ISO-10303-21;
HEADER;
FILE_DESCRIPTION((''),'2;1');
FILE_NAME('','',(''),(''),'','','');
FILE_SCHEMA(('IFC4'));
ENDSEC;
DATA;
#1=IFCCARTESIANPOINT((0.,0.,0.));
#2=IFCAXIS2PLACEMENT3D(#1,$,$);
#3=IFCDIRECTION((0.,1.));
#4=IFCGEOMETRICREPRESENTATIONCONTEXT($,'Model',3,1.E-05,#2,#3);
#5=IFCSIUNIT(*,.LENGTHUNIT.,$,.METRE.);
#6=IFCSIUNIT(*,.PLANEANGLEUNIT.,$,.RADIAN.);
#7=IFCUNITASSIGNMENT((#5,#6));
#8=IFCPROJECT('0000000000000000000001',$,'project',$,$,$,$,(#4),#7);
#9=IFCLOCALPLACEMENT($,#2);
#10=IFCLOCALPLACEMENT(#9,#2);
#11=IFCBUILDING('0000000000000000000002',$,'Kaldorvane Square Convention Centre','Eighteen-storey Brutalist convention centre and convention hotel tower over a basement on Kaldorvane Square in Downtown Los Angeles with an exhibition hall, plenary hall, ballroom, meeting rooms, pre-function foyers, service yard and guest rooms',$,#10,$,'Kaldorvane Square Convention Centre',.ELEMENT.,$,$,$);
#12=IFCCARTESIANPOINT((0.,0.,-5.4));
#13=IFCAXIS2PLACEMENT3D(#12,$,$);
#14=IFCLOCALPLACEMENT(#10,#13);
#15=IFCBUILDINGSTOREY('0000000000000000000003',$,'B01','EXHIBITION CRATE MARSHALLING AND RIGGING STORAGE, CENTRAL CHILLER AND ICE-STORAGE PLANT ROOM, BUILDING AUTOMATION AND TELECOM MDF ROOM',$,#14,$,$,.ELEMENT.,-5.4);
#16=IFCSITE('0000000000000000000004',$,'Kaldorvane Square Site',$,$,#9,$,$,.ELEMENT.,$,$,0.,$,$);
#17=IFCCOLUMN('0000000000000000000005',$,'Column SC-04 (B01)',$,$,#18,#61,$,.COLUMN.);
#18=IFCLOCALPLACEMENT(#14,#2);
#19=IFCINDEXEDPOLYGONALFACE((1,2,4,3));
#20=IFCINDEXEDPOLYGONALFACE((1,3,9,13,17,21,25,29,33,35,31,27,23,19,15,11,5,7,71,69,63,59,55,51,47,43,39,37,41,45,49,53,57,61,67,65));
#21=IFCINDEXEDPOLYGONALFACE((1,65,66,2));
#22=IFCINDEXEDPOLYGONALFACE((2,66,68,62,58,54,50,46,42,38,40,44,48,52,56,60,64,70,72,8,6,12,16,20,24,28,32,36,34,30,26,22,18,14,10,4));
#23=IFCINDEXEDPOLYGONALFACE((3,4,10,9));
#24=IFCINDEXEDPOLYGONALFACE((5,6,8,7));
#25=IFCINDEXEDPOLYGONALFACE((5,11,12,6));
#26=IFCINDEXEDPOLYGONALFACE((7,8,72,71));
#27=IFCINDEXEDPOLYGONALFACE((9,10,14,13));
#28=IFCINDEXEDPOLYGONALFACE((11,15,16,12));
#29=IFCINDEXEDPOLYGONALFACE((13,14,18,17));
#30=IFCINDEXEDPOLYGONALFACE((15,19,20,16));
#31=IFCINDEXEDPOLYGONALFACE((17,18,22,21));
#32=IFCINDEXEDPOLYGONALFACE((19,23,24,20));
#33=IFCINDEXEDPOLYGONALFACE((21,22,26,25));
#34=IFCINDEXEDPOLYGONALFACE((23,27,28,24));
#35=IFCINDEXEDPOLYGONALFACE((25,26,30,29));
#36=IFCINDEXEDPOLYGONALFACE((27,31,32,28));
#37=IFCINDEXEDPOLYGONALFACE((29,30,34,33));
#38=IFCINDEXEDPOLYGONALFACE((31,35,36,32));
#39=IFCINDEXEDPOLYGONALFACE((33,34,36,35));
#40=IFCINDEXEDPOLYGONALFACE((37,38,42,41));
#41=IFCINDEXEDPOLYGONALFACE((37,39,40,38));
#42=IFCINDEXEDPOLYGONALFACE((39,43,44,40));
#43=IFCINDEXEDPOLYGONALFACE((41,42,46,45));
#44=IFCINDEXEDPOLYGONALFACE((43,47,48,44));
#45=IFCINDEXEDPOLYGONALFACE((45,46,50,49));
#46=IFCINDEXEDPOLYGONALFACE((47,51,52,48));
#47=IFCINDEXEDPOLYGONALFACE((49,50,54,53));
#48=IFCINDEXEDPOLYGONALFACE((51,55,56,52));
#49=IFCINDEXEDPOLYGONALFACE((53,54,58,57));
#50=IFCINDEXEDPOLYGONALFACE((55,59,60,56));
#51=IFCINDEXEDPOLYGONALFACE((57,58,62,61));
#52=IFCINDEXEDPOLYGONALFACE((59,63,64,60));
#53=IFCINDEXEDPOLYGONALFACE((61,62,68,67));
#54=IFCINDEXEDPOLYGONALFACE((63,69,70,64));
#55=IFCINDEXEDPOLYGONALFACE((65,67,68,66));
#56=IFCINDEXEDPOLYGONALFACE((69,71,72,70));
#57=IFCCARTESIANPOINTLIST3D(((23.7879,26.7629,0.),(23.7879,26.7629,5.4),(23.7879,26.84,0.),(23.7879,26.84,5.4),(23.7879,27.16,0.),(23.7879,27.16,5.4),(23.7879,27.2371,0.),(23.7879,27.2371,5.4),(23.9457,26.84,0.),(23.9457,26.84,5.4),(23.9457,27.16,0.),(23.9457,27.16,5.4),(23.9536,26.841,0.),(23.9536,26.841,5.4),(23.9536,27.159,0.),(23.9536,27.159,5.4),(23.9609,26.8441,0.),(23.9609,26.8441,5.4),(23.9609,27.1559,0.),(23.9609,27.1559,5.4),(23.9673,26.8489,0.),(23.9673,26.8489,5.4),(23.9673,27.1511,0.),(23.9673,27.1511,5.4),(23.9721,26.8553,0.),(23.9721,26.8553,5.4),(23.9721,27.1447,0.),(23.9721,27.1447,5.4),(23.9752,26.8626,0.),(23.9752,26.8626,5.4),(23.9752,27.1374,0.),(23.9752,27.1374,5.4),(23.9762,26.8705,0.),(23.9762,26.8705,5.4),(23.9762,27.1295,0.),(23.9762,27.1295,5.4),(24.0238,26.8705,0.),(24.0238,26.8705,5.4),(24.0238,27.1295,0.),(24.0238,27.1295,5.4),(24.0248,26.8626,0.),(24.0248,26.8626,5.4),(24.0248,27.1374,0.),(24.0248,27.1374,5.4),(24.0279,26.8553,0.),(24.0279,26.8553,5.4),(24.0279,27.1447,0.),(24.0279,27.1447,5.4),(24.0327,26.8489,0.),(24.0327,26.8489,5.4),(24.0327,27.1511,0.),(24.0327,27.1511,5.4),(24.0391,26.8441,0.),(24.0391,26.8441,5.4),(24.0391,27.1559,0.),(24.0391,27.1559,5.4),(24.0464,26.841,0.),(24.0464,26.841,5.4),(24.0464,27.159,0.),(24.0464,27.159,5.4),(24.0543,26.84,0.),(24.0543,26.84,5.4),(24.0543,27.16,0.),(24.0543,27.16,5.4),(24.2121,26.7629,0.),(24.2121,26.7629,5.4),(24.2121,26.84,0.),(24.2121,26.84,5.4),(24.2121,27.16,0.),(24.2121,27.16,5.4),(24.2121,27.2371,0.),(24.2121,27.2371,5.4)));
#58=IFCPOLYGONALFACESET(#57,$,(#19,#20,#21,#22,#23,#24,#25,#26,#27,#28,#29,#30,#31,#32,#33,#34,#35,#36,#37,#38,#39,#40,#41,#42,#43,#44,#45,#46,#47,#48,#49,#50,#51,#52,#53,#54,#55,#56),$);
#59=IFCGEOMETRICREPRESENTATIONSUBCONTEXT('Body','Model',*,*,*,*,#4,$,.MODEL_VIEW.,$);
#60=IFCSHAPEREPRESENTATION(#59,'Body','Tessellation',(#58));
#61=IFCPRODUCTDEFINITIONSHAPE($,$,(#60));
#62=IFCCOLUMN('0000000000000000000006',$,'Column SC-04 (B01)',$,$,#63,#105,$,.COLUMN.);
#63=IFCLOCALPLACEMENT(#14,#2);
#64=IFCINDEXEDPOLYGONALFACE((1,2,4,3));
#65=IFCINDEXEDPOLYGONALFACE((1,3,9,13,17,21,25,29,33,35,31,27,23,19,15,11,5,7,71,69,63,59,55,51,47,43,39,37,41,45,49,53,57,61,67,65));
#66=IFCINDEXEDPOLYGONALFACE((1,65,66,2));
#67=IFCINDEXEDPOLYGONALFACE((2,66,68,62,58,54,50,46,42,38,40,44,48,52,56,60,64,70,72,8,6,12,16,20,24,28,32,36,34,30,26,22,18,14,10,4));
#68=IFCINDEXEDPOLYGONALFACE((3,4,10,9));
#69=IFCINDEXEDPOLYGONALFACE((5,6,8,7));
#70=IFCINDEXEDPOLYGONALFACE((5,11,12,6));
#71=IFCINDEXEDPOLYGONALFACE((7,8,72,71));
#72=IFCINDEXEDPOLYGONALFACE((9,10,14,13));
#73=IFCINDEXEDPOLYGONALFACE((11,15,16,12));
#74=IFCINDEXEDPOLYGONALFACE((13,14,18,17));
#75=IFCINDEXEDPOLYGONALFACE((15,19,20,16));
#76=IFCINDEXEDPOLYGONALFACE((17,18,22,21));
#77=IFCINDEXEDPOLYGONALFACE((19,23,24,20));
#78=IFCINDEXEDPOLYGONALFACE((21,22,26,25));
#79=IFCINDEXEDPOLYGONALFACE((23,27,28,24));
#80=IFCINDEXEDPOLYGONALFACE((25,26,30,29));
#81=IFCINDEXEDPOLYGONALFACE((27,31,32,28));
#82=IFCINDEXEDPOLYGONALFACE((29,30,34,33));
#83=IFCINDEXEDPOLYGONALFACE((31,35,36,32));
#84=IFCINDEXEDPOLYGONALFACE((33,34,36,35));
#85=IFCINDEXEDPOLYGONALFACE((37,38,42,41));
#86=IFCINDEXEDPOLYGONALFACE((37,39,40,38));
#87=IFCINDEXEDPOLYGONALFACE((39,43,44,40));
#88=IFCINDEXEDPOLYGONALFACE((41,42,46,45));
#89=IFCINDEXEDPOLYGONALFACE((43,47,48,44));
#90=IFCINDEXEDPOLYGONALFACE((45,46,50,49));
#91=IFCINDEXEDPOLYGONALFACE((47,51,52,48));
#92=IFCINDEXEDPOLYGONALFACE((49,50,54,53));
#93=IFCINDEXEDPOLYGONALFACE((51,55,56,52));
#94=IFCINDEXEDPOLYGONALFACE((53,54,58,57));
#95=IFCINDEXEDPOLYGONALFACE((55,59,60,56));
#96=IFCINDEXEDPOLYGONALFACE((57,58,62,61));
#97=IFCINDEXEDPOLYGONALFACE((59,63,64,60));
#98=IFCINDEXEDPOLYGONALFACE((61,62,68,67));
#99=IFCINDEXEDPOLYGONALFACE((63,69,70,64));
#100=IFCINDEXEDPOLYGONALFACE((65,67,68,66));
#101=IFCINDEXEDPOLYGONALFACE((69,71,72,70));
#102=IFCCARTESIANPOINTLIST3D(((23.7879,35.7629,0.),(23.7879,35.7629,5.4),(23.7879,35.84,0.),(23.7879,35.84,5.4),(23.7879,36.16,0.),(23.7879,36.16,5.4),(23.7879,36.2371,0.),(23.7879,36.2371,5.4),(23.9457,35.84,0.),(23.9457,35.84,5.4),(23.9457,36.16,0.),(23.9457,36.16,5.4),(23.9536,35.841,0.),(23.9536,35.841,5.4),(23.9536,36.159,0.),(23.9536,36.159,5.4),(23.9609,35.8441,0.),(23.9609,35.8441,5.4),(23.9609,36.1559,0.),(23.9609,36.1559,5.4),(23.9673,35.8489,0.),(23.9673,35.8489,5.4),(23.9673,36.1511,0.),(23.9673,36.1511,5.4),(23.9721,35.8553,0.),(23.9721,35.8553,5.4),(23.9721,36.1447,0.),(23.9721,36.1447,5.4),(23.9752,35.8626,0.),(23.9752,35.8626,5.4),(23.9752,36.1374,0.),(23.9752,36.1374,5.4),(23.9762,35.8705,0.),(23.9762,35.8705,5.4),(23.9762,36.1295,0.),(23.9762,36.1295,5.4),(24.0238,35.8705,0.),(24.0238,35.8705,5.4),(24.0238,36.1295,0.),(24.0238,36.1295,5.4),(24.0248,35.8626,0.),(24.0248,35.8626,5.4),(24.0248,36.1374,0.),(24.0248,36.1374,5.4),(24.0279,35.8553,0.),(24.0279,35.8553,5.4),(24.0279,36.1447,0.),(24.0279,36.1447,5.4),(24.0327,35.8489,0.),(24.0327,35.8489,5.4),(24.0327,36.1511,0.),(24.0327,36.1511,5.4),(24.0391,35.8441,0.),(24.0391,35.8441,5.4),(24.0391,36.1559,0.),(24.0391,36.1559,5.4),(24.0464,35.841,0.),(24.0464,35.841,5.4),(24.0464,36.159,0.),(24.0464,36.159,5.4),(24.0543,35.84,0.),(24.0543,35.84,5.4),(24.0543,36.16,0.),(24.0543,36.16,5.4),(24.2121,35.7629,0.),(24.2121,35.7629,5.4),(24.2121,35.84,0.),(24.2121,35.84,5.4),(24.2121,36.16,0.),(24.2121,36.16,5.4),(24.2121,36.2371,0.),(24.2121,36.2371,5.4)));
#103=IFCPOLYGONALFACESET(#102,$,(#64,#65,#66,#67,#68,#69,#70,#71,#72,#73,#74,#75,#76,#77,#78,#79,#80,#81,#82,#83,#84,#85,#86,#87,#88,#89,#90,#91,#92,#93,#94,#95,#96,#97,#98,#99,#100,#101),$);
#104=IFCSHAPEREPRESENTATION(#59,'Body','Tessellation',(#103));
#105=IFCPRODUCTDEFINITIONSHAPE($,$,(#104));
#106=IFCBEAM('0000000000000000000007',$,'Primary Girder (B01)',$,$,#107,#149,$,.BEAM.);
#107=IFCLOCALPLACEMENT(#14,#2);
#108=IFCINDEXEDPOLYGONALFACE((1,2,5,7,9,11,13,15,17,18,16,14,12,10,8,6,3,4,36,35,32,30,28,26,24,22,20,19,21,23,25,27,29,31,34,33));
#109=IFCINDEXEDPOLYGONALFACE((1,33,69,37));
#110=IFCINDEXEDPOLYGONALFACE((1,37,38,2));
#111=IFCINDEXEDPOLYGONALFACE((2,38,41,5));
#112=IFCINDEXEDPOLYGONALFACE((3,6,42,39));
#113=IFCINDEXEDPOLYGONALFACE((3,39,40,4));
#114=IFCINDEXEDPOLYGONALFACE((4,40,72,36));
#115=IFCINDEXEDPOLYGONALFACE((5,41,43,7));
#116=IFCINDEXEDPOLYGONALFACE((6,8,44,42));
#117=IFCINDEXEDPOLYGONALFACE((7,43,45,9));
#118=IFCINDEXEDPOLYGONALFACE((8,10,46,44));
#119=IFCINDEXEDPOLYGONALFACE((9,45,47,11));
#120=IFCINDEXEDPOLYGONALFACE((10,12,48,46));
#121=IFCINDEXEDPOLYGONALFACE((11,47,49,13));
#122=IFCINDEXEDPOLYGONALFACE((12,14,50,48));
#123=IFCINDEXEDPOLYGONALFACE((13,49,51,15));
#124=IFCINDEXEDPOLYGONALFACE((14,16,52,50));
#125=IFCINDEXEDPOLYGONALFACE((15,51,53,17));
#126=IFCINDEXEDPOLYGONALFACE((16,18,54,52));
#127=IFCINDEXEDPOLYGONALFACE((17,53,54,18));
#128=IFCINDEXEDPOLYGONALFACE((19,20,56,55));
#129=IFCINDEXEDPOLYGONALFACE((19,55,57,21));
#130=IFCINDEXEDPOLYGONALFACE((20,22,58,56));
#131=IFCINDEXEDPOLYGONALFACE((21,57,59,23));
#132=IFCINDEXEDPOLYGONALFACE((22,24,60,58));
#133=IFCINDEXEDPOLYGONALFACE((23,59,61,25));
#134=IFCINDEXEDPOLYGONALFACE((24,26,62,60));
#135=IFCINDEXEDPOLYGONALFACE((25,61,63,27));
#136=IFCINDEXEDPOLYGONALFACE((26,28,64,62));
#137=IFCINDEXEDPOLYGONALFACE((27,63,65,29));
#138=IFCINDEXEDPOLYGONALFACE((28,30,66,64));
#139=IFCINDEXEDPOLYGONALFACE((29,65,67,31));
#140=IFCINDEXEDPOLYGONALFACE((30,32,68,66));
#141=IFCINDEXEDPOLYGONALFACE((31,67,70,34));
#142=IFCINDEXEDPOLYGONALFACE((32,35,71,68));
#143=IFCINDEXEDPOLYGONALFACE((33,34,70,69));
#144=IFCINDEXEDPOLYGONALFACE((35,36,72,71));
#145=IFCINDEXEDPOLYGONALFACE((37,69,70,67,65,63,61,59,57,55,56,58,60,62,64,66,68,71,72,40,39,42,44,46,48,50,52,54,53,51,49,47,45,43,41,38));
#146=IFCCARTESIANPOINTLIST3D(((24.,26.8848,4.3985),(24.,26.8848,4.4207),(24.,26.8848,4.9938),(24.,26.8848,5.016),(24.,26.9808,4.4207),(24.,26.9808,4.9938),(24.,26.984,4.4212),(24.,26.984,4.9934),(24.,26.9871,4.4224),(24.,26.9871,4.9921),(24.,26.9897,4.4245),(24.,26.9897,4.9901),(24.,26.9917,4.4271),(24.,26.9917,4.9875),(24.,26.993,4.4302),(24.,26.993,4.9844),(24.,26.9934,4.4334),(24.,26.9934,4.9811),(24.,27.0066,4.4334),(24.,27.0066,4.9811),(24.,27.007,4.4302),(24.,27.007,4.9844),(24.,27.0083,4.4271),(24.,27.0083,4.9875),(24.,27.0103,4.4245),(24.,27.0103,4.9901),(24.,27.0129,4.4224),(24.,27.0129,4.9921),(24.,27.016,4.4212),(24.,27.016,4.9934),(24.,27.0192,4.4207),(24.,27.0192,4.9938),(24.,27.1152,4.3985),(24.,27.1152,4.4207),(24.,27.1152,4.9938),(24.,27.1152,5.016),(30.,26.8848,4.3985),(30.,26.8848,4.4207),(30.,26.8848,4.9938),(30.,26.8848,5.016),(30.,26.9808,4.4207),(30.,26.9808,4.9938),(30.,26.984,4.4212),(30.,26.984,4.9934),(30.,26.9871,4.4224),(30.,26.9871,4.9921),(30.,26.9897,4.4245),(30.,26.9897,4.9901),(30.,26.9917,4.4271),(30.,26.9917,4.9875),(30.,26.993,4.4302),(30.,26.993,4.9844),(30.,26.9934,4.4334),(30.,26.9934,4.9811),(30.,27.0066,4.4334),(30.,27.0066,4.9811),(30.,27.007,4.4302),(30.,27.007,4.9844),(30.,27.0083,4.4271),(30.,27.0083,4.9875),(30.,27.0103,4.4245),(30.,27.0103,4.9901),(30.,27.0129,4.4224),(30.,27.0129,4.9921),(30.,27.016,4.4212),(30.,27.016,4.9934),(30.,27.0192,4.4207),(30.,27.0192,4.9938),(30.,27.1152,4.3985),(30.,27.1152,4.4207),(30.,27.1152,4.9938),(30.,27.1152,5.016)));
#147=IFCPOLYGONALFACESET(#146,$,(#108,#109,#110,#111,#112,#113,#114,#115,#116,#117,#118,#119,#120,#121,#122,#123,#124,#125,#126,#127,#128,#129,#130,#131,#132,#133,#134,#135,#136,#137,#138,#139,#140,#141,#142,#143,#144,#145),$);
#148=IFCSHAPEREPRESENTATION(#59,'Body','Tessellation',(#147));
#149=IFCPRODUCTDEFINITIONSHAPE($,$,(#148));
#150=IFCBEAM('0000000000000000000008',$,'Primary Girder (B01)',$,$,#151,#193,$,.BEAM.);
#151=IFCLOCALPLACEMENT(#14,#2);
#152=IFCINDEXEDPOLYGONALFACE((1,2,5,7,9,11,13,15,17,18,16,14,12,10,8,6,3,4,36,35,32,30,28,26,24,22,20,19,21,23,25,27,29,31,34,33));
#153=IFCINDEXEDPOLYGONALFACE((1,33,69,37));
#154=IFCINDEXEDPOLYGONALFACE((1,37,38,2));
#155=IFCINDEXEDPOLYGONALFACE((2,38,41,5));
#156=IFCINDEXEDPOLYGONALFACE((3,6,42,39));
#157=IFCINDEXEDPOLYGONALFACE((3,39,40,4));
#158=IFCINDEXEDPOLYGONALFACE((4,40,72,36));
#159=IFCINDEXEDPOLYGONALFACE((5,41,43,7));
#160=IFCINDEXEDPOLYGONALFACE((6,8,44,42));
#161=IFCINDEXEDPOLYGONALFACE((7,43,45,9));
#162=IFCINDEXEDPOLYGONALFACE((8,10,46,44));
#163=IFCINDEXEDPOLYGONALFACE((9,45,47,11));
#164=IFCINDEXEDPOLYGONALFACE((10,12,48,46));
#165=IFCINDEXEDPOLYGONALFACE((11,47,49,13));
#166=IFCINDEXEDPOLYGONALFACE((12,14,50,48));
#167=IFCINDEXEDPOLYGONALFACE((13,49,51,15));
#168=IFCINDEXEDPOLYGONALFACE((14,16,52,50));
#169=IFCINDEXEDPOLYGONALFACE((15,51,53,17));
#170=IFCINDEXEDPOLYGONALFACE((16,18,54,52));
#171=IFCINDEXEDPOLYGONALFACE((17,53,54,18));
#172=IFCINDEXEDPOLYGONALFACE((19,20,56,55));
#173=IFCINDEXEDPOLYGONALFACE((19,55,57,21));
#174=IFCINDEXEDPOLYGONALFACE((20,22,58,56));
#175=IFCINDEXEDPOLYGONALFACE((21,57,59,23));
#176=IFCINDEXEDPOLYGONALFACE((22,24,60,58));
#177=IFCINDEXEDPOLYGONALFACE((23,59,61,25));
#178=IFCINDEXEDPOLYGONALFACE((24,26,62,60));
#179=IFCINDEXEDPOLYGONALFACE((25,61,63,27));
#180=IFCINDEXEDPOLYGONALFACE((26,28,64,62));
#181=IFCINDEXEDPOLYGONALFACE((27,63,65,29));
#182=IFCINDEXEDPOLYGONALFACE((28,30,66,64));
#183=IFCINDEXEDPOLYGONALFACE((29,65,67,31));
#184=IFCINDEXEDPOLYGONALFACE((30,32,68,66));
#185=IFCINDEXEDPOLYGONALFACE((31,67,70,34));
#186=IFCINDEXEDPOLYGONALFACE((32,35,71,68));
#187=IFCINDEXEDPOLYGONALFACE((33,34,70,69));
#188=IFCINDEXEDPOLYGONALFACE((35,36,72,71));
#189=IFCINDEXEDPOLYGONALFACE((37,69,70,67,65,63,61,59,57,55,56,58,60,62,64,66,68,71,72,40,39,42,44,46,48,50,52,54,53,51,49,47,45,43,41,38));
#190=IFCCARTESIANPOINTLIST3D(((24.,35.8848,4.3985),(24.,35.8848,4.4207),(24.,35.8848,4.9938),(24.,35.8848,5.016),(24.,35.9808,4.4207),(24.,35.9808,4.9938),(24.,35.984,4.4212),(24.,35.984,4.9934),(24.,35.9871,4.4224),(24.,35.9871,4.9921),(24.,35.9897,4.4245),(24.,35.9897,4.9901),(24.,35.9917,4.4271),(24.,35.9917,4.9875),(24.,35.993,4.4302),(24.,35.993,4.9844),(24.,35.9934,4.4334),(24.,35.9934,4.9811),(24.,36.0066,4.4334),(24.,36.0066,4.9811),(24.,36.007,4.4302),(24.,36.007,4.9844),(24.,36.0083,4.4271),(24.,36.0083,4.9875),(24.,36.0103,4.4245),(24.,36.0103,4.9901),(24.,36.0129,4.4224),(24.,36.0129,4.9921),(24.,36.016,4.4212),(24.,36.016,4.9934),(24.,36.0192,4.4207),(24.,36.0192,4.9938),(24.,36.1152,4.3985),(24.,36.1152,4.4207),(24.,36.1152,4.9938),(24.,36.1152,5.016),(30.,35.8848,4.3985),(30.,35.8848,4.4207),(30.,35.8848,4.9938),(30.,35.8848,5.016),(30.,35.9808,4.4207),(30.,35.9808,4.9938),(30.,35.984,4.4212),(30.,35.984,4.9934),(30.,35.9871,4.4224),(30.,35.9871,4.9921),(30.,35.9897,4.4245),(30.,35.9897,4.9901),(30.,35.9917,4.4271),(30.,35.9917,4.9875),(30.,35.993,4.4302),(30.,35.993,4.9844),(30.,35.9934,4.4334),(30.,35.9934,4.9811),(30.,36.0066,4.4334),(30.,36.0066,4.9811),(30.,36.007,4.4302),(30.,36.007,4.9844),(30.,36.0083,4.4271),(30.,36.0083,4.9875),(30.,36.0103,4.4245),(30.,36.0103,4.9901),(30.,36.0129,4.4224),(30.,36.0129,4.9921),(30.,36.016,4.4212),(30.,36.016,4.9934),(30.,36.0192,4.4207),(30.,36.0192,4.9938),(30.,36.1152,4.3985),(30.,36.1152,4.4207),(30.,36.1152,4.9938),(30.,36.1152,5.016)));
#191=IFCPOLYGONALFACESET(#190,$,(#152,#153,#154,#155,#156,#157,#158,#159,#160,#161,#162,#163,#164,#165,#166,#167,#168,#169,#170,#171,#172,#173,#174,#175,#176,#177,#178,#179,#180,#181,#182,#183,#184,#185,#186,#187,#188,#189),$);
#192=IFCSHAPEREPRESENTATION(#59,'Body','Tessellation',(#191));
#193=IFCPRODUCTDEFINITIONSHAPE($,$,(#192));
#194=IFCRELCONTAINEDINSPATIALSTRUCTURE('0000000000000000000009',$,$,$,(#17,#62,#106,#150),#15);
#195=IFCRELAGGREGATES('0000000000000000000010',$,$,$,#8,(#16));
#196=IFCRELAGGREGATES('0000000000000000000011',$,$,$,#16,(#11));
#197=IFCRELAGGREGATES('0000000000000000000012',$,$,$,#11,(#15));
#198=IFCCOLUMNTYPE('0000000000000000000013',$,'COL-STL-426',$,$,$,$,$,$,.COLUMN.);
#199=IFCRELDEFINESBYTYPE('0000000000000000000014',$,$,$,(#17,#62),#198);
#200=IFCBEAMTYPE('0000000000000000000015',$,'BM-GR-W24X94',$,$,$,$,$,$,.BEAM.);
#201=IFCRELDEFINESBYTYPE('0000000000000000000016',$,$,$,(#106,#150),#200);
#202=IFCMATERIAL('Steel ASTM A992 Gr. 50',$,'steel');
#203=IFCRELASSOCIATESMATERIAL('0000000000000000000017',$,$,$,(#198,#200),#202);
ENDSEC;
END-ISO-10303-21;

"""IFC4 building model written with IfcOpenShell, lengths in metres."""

from ifc_helpers import new_model, si_unit, direction, frame, origin, origin_2d, place, context, subcontext, project, spatial, i_section, extrude, material, material_profile, profile_set, type_object, element, save


model = new_model("IFC4")

# Units and contexts
model_context = context("Model", 3, precision=1e-05, world=origin(), true_north=direction((0.0, 1.0)))
body_context = subcontext(model_context, "Body", "Model", "MODEL_VIEW")
ifc_project = project(units=[si_unit("LENGTHUNIT", "METRE"), si_unit("PLANEANGLEUNIT", "RADIAN")], contexts=[model_context])

# Site, building, storey
site_placement = place(None, origin())
site = spatial("IfcSite", under=ifc_project, at=site_placement, Name="Kaldorvane Square Site", CompositionType="ELEMENT", RefElevation=0.0)
building_placement = place(site_placement, origin())
building = spatial("IfcBuilding", under=site, at=building_placement, Name="Kaldorvane Square Convention Centre", Description="Eighteen-storey Brutalist convention centre and convention hotel tower over a basement on Kaldorvane Square in Downtown Los Angeles with an exhibition hall, plenary hall, ballroom, meeting rooms, pre-function foyers, service yard and guest rooms", LongName="Kaldorvane Square Convention Centre", CompositionType="ELEMENT")
storey_placement = place(building_placement, frame((0.0, 0.0, -5.4)))
storey = spatial("IfcBuildingStorey", under=building, at=storey_placement, Name="B01", Description="EXHIBITION CRATE MARSHALLING AND RIGGING STORAGE, CENTRAL CHILLER AND ICE-STORAGE PLANT ROOM, BUILDING AUTOMATION AND TELECOM MDF ROOM", CompositionType="ELEMENT", Elevation=-5.4)

# Columns
ifc_material_1 = material(Name="Steel ASTM A992 Gr. 50", Category="steel")
ifc_material_profile_1 = material_profile(ifc_material_1, i_section(OverallWidth=0.4241, OverallDepth=0.4742, WebThickness=0.0476, FlangeThickness=0.0771, FilletRadius=0.0305, at=origin_2d()), Name="W14X426")
ifc_profile_set_1 = profile_set([ifc_material_profile_1], Name="Steel ASTM A992 Gr. 50")
column_type = type_object("IfcColumnType", Name="COL-STL-426", PredefinedType="COLUMN", material=ifc_profile_set_1)
for number, where, z_axis, x_axis, name in (
    (1, (24.0, 27.0, 0.0), (0.0, 0.0, 1.0), (1.0, 0.0, 0.0), "Column SC-04 (B01)"),
    (2, (24.0, 36.0, 0.0), (0.0, 0.0, 1.0), (1.0, 0.0, 0.0), "Column SC-04 (B01)"),
):
    element("IfcColumn", number, at=place(storey_placement, frame(where, z_axis=z_axis, x_axis=x_axis)), inside=storey, type_object=column_type, Name=name, PredefinedType="COLUMN", context=body_context, shape_type="SweptSolid", body=[
        extrude(i_section(OverallWidth=0.4241, OverallDepth=0.4742, WebThickness=0.0476, FlangeThickness=0.0771, FilletRadius=0.0305, at=origin_2d()), origin(), (0.0, 0.0, 1.0), 5.4),
    ])

# Beams
ifc_material_profile_2 = material_profile(ifc_material_1, i_section(OverallWidth=0.2303, OverallDepth=0.6175, WebThickness=0.0131, FlangeThickness=0.0222, FilletRadius=0.0127, at=origin_2d()), Name="W24X94")
ifc_profile_set_2 = profile_set([ifc_material_profile_2], Name="Steel ASTM A992 Gr. 50")
beam_type_1 = type_object("IfcBeamType", Name="BM-GR-W24X94", PredefinedType="BEAM", material=ifc_profile_set_2)
for number, where, z_axis, x_axis, name in (
    (3, (24.0, 27.0, 4.7073), (1.0, 0.0, 0.0), (0.0, 1.0, 0.0), "Primary Girder (B01)"),
    (4, (24.0, 36.0, 4.7073), (1.0, 0.0, 0.0), (0.0, 1.0, 0.0), "Primary Girder (B01)"),
):
    element("IfcBeam", number, at=place(storey_placement, frame(where, z_axis=z_axis, x_axis=x_axis)), inside=storey, type_object=beam_type_1, Name=name, PredefinedType="BEAM", context=body_context, shape_type="SweptSolid", body=[
        extrude(i_section(OverallWidth=0.2303, OverallDepth=0.6175, WebThickness=0.0131, FlangeThickness=0.0222, FilletRadius=0.0127, at=origin_2d()), origin(), (0.0, 0.0, 1.0), 6.0),
    ])

save(model, "model.ifc")
